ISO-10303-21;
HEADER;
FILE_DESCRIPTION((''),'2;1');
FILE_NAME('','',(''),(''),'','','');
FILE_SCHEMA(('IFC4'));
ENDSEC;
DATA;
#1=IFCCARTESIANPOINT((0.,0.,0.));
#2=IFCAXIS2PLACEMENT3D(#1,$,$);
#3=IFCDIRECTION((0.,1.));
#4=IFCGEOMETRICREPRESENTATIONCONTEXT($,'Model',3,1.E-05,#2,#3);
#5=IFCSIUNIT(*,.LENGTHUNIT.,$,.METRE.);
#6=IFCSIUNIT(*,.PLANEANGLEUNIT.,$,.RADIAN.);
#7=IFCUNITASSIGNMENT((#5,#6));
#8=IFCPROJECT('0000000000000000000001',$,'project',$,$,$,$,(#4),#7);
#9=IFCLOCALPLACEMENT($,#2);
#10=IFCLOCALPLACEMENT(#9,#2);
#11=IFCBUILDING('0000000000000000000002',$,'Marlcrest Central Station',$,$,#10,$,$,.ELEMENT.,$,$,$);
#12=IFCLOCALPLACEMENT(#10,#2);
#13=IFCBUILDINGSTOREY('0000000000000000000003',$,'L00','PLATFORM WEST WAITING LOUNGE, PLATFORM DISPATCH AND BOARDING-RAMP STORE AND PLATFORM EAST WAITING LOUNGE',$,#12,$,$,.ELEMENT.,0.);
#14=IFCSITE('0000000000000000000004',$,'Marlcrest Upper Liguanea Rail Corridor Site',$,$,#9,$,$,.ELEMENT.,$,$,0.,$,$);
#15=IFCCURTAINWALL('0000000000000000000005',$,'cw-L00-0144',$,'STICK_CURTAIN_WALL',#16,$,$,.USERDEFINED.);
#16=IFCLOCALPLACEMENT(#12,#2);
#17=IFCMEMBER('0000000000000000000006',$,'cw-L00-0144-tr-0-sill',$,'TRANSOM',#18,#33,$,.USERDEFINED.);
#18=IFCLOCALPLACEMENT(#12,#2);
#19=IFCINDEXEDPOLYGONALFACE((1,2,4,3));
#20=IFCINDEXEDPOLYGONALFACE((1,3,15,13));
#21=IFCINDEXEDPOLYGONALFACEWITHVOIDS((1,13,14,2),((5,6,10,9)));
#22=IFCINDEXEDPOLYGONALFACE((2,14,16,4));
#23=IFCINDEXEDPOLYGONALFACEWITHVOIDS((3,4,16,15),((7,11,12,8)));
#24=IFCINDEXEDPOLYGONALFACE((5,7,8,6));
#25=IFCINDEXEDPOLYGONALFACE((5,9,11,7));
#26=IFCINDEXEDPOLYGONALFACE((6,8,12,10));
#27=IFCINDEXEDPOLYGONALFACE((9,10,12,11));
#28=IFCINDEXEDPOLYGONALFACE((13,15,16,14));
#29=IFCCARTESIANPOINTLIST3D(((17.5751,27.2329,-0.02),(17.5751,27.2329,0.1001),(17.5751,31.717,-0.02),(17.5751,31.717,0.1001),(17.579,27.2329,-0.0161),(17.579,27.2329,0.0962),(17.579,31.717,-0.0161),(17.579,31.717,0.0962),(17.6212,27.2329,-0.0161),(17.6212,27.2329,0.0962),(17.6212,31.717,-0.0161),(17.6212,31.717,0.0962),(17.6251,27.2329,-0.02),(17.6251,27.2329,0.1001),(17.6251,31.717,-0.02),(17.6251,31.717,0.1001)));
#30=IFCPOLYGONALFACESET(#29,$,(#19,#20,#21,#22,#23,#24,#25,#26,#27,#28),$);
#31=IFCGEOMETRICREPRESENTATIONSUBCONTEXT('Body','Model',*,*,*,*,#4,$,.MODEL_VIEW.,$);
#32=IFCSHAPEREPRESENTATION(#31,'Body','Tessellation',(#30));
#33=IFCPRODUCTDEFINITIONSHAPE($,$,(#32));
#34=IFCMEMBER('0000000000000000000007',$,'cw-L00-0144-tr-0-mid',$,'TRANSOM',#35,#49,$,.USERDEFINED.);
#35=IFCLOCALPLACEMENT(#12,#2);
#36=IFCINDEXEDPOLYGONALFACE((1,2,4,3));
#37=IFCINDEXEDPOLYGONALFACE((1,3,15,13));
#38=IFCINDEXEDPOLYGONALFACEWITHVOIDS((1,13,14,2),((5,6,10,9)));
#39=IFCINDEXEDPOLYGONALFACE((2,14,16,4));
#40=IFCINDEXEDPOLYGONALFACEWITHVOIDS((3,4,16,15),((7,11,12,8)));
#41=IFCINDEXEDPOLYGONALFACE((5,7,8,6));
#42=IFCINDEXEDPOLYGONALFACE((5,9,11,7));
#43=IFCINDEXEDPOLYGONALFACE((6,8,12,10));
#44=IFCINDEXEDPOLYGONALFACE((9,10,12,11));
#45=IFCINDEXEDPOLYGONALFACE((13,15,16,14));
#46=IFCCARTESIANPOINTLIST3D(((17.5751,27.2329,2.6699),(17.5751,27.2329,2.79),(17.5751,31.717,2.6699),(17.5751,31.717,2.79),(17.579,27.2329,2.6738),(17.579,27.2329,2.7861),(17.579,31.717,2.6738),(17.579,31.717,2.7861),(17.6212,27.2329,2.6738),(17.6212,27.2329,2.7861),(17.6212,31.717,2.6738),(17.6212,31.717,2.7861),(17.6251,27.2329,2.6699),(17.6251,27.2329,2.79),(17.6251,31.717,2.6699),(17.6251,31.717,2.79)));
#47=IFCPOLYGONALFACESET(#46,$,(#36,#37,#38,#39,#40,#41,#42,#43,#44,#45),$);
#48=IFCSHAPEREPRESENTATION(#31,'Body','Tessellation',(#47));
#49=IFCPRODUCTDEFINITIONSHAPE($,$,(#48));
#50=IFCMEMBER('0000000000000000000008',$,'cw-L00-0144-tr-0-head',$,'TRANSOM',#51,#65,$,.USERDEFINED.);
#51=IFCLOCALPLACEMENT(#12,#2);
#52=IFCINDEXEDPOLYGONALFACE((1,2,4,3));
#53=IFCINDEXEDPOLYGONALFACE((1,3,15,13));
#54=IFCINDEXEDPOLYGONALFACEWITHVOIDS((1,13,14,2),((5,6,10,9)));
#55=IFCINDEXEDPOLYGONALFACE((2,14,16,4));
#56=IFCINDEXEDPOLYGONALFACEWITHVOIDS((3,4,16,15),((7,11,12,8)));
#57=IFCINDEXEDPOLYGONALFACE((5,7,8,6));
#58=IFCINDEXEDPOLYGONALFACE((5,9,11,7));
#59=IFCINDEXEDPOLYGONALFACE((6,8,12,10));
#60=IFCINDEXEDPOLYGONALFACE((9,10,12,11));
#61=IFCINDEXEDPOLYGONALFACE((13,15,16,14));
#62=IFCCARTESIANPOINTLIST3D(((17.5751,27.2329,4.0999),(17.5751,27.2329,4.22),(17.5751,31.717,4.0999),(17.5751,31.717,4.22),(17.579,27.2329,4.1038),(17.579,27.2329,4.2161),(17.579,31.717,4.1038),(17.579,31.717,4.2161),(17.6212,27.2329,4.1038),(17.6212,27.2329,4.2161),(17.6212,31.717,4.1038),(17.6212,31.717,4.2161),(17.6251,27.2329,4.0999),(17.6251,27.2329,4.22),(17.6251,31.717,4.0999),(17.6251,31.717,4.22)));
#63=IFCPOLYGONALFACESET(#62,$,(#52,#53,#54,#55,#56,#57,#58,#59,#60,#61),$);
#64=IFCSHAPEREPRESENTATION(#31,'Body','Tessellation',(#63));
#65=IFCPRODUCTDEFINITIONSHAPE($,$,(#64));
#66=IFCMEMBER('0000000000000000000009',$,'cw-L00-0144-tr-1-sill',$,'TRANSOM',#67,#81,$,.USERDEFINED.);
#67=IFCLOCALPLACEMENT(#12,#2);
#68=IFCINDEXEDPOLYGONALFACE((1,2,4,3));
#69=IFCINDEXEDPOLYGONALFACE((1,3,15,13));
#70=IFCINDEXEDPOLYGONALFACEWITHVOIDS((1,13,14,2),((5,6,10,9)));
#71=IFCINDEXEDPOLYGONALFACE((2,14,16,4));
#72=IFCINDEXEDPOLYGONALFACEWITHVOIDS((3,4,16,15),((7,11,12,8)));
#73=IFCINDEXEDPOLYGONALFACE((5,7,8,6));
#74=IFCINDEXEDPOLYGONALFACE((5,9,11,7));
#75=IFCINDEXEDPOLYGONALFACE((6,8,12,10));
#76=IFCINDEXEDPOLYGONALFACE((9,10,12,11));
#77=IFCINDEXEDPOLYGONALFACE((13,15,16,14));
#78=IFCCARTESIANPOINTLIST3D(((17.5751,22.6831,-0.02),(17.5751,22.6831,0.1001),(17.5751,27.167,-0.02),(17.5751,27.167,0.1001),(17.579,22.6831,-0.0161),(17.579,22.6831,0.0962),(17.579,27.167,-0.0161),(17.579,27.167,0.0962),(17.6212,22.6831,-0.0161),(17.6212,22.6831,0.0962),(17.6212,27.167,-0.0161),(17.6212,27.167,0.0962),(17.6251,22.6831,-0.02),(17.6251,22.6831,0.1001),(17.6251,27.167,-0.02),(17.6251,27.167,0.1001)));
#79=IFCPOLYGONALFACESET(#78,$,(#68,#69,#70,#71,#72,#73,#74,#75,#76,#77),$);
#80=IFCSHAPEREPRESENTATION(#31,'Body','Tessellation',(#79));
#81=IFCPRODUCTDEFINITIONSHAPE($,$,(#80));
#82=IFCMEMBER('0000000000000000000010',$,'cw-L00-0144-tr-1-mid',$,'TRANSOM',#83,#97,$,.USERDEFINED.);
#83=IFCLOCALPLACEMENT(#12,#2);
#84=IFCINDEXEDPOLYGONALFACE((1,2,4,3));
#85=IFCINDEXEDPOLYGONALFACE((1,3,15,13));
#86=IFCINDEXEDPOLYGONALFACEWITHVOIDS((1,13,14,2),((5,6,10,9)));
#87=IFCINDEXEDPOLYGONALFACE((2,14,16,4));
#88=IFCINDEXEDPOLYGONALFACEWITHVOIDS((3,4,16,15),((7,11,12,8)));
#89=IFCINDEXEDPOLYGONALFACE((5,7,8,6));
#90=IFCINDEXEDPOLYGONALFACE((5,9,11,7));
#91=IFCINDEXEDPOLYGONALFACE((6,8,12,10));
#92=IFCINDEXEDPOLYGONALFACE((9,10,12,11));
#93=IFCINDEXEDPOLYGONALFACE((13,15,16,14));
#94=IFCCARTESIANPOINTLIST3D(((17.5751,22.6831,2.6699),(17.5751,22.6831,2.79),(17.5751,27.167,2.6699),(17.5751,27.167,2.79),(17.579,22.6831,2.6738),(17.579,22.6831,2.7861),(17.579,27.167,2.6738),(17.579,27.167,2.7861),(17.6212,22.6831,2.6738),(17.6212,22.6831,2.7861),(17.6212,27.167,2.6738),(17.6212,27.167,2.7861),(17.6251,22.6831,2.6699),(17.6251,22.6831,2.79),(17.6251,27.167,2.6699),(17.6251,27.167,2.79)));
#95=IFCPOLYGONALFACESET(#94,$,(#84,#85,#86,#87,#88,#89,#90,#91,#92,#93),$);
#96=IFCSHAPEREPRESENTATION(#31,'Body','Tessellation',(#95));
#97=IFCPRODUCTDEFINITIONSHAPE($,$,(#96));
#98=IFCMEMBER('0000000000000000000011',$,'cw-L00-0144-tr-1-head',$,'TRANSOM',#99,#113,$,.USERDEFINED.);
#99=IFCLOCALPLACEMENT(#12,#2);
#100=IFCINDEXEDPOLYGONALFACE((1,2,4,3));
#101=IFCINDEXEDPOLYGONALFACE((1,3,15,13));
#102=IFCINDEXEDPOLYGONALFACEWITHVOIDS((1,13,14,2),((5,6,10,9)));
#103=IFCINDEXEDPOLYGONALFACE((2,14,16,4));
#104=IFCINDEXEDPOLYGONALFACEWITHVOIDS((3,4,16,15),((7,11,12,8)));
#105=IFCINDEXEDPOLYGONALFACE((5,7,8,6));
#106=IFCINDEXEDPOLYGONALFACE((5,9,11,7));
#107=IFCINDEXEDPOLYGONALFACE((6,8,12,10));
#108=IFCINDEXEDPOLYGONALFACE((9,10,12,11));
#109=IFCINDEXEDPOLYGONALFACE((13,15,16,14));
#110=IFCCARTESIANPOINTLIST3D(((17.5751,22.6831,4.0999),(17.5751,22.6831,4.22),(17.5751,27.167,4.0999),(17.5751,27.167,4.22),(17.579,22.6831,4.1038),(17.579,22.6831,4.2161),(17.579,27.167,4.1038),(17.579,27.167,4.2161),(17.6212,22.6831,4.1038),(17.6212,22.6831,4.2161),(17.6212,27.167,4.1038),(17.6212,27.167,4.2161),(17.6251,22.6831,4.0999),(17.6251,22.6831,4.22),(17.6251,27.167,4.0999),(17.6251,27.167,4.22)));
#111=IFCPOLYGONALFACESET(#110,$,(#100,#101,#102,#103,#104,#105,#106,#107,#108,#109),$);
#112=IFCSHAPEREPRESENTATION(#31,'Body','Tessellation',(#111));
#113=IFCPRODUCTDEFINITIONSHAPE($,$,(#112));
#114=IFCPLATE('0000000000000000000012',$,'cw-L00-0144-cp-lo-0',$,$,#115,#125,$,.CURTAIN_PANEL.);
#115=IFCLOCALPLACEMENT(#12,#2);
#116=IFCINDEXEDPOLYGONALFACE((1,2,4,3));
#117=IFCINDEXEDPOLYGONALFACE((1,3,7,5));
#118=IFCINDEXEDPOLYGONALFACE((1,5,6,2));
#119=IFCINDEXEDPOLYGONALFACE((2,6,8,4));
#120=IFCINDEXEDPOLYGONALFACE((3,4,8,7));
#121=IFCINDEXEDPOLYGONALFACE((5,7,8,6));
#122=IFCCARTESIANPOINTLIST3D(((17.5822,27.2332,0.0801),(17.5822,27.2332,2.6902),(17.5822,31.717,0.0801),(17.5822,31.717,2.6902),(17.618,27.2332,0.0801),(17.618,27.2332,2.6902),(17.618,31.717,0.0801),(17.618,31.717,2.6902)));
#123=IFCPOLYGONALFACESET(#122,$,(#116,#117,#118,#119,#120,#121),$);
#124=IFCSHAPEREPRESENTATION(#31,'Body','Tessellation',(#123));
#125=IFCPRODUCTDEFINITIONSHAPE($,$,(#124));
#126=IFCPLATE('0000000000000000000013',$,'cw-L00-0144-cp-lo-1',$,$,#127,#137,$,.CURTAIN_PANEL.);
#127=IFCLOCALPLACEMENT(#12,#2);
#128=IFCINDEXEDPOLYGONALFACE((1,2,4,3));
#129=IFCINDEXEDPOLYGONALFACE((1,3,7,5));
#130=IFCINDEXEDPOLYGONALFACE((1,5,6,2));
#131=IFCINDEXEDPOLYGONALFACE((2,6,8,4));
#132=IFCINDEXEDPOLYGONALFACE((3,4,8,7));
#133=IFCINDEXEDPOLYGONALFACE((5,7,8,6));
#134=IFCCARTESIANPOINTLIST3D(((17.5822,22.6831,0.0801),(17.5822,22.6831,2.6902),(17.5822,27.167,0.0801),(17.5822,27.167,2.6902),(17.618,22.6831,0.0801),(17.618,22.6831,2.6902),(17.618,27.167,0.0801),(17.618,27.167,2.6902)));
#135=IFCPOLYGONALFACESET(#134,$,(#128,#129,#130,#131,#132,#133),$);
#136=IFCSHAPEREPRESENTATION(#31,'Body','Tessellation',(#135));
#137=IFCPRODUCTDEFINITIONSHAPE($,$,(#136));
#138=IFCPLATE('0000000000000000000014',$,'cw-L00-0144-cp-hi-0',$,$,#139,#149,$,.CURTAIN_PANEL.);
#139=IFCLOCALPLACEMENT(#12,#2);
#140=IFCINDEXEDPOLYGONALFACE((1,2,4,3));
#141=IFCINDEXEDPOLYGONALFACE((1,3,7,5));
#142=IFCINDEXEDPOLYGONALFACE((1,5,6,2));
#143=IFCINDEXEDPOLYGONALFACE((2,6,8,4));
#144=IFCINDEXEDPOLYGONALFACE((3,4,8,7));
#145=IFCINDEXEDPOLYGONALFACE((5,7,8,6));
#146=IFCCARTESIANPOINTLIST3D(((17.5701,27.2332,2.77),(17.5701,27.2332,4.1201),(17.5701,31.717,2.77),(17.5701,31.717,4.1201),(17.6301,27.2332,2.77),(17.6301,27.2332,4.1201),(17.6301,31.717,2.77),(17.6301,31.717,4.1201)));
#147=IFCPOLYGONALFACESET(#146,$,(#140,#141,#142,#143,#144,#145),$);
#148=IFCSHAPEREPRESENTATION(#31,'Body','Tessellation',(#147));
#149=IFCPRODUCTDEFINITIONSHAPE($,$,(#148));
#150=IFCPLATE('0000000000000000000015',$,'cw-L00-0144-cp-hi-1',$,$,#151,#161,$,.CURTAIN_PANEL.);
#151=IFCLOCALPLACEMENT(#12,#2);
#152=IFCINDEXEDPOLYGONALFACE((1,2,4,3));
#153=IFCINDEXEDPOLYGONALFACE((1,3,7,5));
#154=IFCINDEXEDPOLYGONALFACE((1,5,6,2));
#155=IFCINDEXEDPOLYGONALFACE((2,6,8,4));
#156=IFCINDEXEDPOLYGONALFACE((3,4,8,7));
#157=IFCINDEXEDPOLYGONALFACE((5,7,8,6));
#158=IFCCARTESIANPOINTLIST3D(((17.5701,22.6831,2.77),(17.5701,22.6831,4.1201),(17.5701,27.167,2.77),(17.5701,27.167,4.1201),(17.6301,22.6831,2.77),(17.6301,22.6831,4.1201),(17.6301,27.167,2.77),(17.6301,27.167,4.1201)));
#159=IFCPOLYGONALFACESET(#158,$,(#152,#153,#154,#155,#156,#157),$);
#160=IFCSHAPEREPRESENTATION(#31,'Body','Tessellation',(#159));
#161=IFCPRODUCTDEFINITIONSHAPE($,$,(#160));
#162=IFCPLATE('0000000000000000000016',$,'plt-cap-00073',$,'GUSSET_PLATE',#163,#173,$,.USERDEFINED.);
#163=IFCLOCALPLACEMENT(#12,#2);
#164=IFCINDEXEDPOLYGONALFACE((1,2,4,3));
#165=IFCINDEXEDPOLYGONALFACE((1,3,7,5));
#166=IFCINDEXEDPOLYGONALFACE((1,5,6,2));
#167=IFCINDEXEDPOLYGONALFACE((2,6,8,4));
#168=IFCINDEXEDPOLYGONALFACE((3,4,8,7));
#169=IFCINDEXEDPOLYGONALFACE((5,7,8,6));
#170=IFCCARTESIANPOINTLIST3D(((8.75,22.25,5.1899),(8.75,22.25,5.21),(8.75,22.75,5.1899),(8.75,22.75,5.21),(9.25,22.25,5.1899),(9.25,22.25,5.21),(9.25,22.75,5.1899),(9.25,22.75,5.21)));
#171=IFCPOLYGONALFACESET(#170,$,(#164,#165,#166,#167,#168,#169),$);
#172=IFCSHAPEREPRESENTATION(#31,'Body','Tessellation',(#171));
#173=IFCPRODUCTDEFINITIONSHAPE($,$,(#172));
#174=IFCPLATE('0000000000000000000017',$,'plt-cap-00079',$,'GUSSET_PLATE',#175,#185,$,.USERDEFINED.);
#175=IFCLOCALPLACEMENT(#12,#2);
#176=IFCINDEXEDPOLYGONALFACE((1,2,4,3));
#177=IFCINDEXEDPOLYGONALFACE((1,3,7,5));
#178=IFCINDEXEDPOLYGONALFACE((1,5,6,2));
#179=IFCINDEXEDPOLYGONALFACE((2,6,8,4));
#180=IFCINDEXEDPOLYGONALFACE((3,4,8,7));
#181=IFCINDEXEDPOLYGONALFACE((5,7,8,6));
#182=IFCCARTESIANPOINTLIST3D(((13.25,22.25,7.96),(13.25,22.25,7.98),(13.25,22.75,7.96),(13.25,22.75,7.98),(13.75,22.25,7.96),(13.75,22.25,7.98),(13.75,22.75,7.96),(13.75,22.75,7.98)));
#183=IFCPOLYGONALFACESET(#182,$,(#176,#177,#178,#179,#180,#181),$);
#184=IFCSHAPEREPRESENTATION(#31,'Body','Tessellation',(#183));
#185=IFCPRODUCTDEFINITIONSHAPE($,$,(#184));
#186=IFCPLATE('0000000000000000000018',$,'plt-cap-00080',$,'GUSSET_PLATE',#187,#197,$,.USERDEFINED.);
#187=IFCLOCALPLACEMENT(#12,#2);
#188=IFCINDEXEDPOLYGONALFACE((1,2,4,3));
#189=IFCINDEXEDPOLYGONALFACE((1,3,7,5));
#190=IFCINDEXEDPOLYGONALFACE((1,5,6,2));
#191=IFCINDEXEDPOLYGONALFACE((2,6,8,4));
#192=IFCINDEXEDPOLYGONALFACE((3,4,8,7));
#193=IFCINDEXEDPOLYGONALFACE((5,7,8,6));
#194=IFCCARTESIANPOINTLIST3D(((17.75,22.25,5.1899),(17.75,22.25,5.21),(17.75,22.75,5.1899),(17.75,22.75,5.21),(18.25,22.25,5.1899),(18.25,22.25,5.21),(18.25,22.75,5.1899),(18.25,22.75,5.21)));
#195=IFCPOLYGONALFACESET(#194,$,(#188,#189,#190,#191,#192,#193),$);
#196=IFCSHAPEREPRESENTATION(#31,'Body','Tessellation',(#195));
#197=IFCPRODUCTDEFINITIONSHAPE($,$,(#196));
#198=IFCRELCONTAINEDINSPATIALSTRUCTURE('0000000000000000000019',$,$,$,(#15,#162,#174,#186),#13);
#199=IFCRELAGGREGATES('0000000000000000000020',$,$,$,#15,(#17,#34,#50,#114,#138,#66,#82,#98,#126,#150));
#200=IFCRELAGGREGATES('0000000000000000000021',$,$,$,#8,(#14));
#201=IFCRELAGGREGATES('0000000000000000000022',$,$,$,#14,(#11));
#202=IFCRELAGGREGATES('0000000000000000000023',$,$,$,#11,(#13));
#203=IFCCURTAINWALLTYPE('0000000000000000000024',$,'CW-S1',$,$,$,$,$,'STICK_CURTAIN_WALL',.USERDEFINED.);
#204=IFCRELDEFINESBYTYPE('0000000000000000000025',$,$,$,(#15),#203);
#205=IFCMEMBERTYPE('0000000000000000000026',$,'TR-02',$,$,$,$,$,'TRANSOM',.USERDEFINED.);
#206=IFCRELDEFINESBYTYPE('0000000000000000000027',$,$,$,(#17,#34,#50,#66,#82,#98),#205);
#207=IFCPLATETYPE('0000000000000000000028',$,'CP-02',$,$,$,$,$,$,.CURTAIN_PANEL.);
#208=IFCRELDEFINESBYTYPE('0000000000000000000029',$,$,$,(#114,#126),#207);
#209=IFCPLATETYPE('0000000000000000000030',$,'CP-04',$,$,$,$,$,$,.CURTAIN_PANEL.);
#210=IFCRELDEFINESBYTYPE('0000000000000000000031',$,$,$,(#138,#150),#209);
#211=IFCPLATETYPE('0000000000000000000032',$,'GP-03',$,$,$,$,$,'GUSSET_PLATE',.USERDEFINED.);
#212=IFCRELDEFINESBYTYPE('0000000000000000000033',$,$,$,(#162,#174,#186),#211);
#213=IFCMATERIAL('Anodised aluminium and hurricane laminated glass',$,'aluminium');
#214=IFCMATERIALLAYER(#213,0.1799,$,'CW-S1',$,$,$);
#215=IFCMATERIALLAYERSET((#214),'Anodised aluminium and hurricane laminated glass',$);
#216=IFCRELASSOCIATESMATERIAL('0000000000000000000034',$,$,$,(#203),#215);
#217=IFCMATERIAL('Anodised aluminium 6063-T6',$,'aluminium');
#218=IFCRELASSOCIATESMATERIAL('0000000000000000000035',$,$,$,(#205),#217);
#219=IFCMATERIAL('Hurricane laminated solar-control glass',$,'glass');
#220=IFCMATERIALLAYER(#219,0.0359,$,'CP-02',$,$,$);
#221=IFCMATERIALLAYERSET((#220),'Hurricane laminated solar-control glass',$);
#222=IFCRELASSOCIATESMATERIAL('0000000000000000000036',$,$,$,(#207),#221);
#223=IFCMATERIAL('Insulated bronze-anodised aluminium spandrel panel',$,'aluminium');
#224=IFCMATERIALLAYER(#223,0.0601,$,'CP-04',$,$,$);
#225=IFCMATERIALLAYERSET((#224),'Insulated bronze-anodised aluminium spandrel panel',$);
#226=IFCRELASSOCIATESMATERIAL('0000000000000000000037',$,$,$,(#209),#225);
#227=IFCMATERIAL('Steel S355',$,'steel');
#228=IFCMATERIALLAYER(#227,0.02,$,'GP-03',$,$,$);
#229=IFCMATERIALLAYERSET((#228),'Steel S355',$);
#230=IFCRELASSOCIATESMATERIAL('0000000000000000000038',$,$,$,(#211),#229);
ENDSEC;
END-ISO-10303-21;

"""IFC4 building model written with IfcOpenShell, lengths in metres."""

from ifc_helpers import new_model, si_unit, direction, frame, origin, origin_2d, place, context, subcontext, project, spatial, rectangle, hollow_rectangle, extrude, material, layer, layer_set, material_profile, profile_set, type_object, element, aggregate, save


model = new_model("IFC4")

# Units and contexts
model_context = context("Model", 3, precision=1e-05, world=origin(), true_north=direction((0.0, 1.0)))
body_context = subcontext(model_context, "Body", "Model", "MODEL_VIEW")
ifc_project = project(units=[si_unit("LENGTHUNIT", "METRE"), si_unit("PLANEANGLEUNIT", "RADIAN")], contexts=[model_context])

# Site, building, storey
site_placement = place(None, origin())
site = spatial("IfcSite", under=ifc_project, at=site_placement, Name="Marlcrest Upper Liguanea Rail Corridor Site", CompositionType="ELEMENT", RefElevation=0.0)
building_placement = place(site_placement, origin())
building = spatial("IfcBuilding", under=site, at=building_placement, Name="Marlcrest Central Station", CompositionType="ELEMENT")
storey_placement = place(building_placement, origin())
storey = spatial("IfcBuildingStorey", under=building, at=storey_placement, Name="L00", Description="PLATFORM WEST WAITING LOUNGE, PLATFORM DISPATCH AND BOARDING-RAMP STORE AND PLATFORM EAST WAITING LOUNGE", CompositionType="ELEMENT", Elevation=0.0)

# Curtain wall
ifc_material_1 = material(Name="Anodised aluminium and hurricane laminated glass", Category="aluminium")
ifc_layer_1 = layer(ifc_material_1, 0.1799, Name="CW-S1")
ifc_layer_set_1 = layer_set([ifc_layer_1], Name="Anodised aluminium and hurricane laminated glass")
curtain_wall_type = type_object("IfcCurtainWallType", Name="CW-S1", ElementType="STICK_CURTAIN_WALL", PredefinedType="USERDEFINED", material=ifc_layer_set_1)
curtain_wall_placement = place(storey_placement, origin())
curtain_wall = element("IfcCurtainWall", 1, at=curtain_wall_placement, inside=storey, type_object=curtain_wall_type, Name="cw-L00-0144", ObjectType="STICK_CURTAIN_WALL", PredefinedType="USERDEFINED")
ifc_material_2 = material(Name="Anodised aluminium 6063-T6", Category="aluminium")

# Shared definitions
ifc_material_3 = material(Name="Steel S355", Category="steel")

# Members
ifc_material_profile_1 = material_profile(ifc_material_2, hollow_rectangle(XDim=0.05, YDim=0.1201, WallThickness=0.0039, at=origin_2d()), Name="AA-RHS 120x50x4")
ifc_profile_set_1 = profile_set([ifc_material_profile_1], Name="Anodised aluminium 6063-T6")
member_type_1 = type_object("IfcMemberType", Name="TR-02", ElementType="TRANSOM", PredefinedType="USERDEFINED", material=ifc_profile_set_1)
member_1_placement = place(storey_placement, frame((17.6001, 31.717, 0.04), z_axis=(0.0, -1.0, 0.0), x_axis=(1.0, 0.0, 0.0)))
member_1 = element("IfcMember", 2, at=member_1_placement, type_object=member_type_1, Name="cw-L00-0144-tr-0-sill", ObjectType="TRANSOM", PredefinedType="USERDEFINED", context=body_context, shape_type="SweptSolid", body=[
    extrude(hollow_rectangle(XDim=0.05, YDim=0.1201, WallThickness=0.0039, at=origin_2d()), origin(), (0.0, 0.0, 1.0), 4.4841),
])
member_2_placement = place(storey_placement, frame((17.6001, 31.717, 2.73), z_axis=(0.0, -1.0, 0.0), x_axis=(1.0, 0.0, 0.0)))
member_2 = element("IfcMember", 3, at=member_2_placement, type_object=member_type_1, Name="cw-L00-0144-tr-0-mid", ObjectType="TRANSOM", PredefinedType="USERDEFINED", context=body_context, shape_type="SweptSolid", body=[
    extrude(hollow_rectangle(XDim=0.05, YDim=0.1201, WallThickness=0.0039, at=origin_2d()), origin(), (0.0, 0.0, 1.0), 4.4841),
])
member_3_placement = place(storey_placement, frame((17.6001, 31.717, 4.1599), z_axis=(0.0, -1.0, 0.0), x_axis=(1.0, 0.0, 0.0)))
member_3 = element("IfcMember", 4, at=member_3_placement, type_object=member_type_1, Name="cw-L00-0144-tr-0-head", ObjectType="TRANSOM", PredefinedType="USERDEFINED", context=body_context, shape_type="SweptSolid", body=[
    extrude(hollow_rectangle(XDim=0.05, YDim=0.1201, WallThickness=0.0039, at=origin_2d()), origin(), (0.0, 0.0, 1.0), 4.4841),
])
member_4_placement = place(storey_placement, frame((17.6001, 27.167, 0.04), z_axis=(0.0, -1.0, 0.0), x_axis=(1.0, 0.0, 0.0)))
member_4 = element("IfcMember", 5, at=member_4_placement, type_object=member_type_1, Name="cw-L00-0144-tr-1-sill", ObjectType="TRANSOM", PredefinedType="USERDEFINED", context=body_context, shape_type="SweptSolid", body=[
    extrude(hollow_rectangle(XDim=0.05, YDim=0.1201, WallThickness=0.0039, at=origin_2d()), origin(), (0.0, 0.0, 1.0), 4.4839),
])
member_5_placement = place(storey_placement, frame((17.6001, 27.167, 2.73), z_axis=(0.0, -1.0, 0.0), x_axis=(1.0, 0.0, 0.0)))
member_5 = element("IfcMember", 6, at=member_5_placement, type_object=member_type_1, Name="cw-L00-0144-tr-1-mid", ObjectType="TRANSOM", PredefinedType="USERDEFINED", context=body_context, shape_type="SweptSolid", body=[
    extrude(hollow_rectangle(XDim=0.05, YDim=0.1201, WallThickness=0.0039, at=origin_2d()), origin(), (0.0, 0.0, 1.0), 4.4839),
])
member_6_placement = place(storey_placement, frame((17.6001, 27.167, 4.1599), z_axis=(0.0, -1.0, 0.0), x_axis=(1.0, 0.0, 0.0)))
member_6 = element("IfcMember", 7, at=member_6_placement, type_object=member_type_1, Name="cw-L00-0144-tr-1-head", ObjectType="TRANSOM", PredefinedType="USERDEFINED", context=body_context, shape_type="SweptSolid", body=[
    extrude(hollow_rectangle(XDim=0.05, YDim=0.1201, WallThickness=0.0039, at=origin_2d()), origin(), (0.0, 0.0, 1.0), 4.4839),
])

# Plates
ifc_material_4 = material(Name="Hurricane laminated solar-control glass", Category="glass")
ifc_layer_2 = layer(ifc_material_4, 0.0359, Name="CP-02")
ifc_layer_set_2 = layer_set([ifc_layer_2], Name="Hurricane laminated solar-control glass")
plate_type_1 = type_object("IfcPlateType", Name="CP-02", PredefinedType="CURTAIN_PANEL", material=ifc_layer_set_2)
plate_1_placement = place(storey_placement, frame((17.6001, 29.4751, 0.0801), z_axis=(0.0, 0.0, 1.0), x_axis=(0.0, -1.0, 0.0)))
plate_1 = element("IfcPlate", 8, at=plate_1_placement, type_object=plate_type_1, Name="cw-L00-0144-cp-lo-0", PredefinedType="CURTAIN_PANEL", context=body_context, shape_type="SweptSolid", body=[
    extrude(rectangle(XDim=4.4839, YDim=0.0359, at=origin_2d()), origin(), (0.0, 0.0, 1.0), 2.6101),
])
plate_2_placement = place(storey_placement, frame((17.6001, 24.925, 0.0801), z_axis=(0.0, 0.0, 1.0), x_axis=(0.0, -1.0, 0.0)))
plate_2 = element("IfcPlate", 9, at=plate_2_placement, type_object=plate_type_1, Name="cw-L00-0144-cp-lo-1", PredefinedType="CURTAIN_PANEL", context=body_context, shape_type="SweptSolid", body=[
    extrude(rectangle(XDim=4.4839, YDim=0.0359, at=origin_2d()), origin(), (0.0, 0.0, 1.0), 2.6101),
])
ifc_material_5 = material(Name="Insulated bronze-anodised aluminium spandrel panel", Category="aluminium")
ifc_layer_3 = layer(ifc_material_5, 0.0601, Name="CP-04")
ifc_layer_set_3 = layer_set([ifc_layer_3], Name="Insulated bronze-anodised aluminium spandrel panel")
plate_type_2 = type_object("IfcPlateType", Name="CP-04", PredefinedType="CURTAIN_PANEL", material=ifc_layer_set_3)
plate_3_placement = place(storey_placement, frame((17.6001, 29.4751, 2.77), z_axis=(0.0, 0.0, 1.0), x_axis=(0.0, -1.0, 0.0)))
plate_3 = element("IfcPlate", 10, at=plate_3_placement, type_object=plate_type_2, Name="cw-L00-0144-cp-hi-0", PredefinedType="CURTAIN_PANEL", context=body_context, shape_type="SweptSolid", body=[
    extrude(rectangle(XDim=4.4839, YDim=0.0601, at=origin_2d()), origin(), (0.0, 0.0, 1.0), 1.3501),
])
plate_4_placement = place(storey_placement, frame((17.6001, 24.925, 2.77), z_axis=(0.0, 0.0, 1.0), x_axis=(0.0, -1.0, 0.0)))
plate_4 = element("IfcPlate", 11, at=plate_4_placement, type_object=plate_type_2, Name="cw-L00-0144-cp-hi-1", PredefinedType="CURTAIN_PANEL", context=body_context, shape_type="SweptSolid", body=[
    extrude(rectangle(XDim=4.4839, YDim=0.0601, at=origin_2d()), origin(), (0.0, 0.0, 1.0), 1.3501),
])
aggregate(curtain_wall, [member_1, member_2, member_3, plate_1, plate_3, member_4, member_5, member_6, plate_2, plate_4])

# Plates
ifc_layer_4 = layer(ifc_material_3, 0.02, Name="GP-03")
ifc_layer_set_4 = layer_set([ifc_layer_4], Name="Steel S355")
plate_type_3 = type_object("IfcPlateType", Name="GP-03", ElementType="GUSSET_PLATE", PredefinedType="USERDEFINED", material=ifc_layer_set_4)
for number, where, z_axis, x_axis, name in (
    (12, (9.0, 22.5, 5.1899), (0.0, 0.0, 1.0), (1.0, 0.0, 0.0), "plt-cap-00073"),
    (13, (13.5, 22.5, 7.96), (0.0, 0.0, 1.0), (1.0, 0.0, 0.0), "plt-cap-00079"),
    (14, (18.0, 22.5, 5.1899), (0.0, 0.0, 1.0), (1.0, 0.0, 0.0), "plt-cap-00080"),
):
    element("IfcPlate", number, at=place(storey_placement, frame(where, z_axis=z_axis, x_axis=x_axis)), inside=storey, type_object=plate_type_3, Name=name, ObjectType="GUSSET_PLATE", PredefinedType="USERDEFINED", context=body_context, shape_type="SweptSolid", body=[
        extrude(rectangle(XDim=0.5, YDim=0.5, at=origin_2d()), origin(), (0.0, 0.0, 1.0), 0.02),
    ])

save(model, "model.ifc")
